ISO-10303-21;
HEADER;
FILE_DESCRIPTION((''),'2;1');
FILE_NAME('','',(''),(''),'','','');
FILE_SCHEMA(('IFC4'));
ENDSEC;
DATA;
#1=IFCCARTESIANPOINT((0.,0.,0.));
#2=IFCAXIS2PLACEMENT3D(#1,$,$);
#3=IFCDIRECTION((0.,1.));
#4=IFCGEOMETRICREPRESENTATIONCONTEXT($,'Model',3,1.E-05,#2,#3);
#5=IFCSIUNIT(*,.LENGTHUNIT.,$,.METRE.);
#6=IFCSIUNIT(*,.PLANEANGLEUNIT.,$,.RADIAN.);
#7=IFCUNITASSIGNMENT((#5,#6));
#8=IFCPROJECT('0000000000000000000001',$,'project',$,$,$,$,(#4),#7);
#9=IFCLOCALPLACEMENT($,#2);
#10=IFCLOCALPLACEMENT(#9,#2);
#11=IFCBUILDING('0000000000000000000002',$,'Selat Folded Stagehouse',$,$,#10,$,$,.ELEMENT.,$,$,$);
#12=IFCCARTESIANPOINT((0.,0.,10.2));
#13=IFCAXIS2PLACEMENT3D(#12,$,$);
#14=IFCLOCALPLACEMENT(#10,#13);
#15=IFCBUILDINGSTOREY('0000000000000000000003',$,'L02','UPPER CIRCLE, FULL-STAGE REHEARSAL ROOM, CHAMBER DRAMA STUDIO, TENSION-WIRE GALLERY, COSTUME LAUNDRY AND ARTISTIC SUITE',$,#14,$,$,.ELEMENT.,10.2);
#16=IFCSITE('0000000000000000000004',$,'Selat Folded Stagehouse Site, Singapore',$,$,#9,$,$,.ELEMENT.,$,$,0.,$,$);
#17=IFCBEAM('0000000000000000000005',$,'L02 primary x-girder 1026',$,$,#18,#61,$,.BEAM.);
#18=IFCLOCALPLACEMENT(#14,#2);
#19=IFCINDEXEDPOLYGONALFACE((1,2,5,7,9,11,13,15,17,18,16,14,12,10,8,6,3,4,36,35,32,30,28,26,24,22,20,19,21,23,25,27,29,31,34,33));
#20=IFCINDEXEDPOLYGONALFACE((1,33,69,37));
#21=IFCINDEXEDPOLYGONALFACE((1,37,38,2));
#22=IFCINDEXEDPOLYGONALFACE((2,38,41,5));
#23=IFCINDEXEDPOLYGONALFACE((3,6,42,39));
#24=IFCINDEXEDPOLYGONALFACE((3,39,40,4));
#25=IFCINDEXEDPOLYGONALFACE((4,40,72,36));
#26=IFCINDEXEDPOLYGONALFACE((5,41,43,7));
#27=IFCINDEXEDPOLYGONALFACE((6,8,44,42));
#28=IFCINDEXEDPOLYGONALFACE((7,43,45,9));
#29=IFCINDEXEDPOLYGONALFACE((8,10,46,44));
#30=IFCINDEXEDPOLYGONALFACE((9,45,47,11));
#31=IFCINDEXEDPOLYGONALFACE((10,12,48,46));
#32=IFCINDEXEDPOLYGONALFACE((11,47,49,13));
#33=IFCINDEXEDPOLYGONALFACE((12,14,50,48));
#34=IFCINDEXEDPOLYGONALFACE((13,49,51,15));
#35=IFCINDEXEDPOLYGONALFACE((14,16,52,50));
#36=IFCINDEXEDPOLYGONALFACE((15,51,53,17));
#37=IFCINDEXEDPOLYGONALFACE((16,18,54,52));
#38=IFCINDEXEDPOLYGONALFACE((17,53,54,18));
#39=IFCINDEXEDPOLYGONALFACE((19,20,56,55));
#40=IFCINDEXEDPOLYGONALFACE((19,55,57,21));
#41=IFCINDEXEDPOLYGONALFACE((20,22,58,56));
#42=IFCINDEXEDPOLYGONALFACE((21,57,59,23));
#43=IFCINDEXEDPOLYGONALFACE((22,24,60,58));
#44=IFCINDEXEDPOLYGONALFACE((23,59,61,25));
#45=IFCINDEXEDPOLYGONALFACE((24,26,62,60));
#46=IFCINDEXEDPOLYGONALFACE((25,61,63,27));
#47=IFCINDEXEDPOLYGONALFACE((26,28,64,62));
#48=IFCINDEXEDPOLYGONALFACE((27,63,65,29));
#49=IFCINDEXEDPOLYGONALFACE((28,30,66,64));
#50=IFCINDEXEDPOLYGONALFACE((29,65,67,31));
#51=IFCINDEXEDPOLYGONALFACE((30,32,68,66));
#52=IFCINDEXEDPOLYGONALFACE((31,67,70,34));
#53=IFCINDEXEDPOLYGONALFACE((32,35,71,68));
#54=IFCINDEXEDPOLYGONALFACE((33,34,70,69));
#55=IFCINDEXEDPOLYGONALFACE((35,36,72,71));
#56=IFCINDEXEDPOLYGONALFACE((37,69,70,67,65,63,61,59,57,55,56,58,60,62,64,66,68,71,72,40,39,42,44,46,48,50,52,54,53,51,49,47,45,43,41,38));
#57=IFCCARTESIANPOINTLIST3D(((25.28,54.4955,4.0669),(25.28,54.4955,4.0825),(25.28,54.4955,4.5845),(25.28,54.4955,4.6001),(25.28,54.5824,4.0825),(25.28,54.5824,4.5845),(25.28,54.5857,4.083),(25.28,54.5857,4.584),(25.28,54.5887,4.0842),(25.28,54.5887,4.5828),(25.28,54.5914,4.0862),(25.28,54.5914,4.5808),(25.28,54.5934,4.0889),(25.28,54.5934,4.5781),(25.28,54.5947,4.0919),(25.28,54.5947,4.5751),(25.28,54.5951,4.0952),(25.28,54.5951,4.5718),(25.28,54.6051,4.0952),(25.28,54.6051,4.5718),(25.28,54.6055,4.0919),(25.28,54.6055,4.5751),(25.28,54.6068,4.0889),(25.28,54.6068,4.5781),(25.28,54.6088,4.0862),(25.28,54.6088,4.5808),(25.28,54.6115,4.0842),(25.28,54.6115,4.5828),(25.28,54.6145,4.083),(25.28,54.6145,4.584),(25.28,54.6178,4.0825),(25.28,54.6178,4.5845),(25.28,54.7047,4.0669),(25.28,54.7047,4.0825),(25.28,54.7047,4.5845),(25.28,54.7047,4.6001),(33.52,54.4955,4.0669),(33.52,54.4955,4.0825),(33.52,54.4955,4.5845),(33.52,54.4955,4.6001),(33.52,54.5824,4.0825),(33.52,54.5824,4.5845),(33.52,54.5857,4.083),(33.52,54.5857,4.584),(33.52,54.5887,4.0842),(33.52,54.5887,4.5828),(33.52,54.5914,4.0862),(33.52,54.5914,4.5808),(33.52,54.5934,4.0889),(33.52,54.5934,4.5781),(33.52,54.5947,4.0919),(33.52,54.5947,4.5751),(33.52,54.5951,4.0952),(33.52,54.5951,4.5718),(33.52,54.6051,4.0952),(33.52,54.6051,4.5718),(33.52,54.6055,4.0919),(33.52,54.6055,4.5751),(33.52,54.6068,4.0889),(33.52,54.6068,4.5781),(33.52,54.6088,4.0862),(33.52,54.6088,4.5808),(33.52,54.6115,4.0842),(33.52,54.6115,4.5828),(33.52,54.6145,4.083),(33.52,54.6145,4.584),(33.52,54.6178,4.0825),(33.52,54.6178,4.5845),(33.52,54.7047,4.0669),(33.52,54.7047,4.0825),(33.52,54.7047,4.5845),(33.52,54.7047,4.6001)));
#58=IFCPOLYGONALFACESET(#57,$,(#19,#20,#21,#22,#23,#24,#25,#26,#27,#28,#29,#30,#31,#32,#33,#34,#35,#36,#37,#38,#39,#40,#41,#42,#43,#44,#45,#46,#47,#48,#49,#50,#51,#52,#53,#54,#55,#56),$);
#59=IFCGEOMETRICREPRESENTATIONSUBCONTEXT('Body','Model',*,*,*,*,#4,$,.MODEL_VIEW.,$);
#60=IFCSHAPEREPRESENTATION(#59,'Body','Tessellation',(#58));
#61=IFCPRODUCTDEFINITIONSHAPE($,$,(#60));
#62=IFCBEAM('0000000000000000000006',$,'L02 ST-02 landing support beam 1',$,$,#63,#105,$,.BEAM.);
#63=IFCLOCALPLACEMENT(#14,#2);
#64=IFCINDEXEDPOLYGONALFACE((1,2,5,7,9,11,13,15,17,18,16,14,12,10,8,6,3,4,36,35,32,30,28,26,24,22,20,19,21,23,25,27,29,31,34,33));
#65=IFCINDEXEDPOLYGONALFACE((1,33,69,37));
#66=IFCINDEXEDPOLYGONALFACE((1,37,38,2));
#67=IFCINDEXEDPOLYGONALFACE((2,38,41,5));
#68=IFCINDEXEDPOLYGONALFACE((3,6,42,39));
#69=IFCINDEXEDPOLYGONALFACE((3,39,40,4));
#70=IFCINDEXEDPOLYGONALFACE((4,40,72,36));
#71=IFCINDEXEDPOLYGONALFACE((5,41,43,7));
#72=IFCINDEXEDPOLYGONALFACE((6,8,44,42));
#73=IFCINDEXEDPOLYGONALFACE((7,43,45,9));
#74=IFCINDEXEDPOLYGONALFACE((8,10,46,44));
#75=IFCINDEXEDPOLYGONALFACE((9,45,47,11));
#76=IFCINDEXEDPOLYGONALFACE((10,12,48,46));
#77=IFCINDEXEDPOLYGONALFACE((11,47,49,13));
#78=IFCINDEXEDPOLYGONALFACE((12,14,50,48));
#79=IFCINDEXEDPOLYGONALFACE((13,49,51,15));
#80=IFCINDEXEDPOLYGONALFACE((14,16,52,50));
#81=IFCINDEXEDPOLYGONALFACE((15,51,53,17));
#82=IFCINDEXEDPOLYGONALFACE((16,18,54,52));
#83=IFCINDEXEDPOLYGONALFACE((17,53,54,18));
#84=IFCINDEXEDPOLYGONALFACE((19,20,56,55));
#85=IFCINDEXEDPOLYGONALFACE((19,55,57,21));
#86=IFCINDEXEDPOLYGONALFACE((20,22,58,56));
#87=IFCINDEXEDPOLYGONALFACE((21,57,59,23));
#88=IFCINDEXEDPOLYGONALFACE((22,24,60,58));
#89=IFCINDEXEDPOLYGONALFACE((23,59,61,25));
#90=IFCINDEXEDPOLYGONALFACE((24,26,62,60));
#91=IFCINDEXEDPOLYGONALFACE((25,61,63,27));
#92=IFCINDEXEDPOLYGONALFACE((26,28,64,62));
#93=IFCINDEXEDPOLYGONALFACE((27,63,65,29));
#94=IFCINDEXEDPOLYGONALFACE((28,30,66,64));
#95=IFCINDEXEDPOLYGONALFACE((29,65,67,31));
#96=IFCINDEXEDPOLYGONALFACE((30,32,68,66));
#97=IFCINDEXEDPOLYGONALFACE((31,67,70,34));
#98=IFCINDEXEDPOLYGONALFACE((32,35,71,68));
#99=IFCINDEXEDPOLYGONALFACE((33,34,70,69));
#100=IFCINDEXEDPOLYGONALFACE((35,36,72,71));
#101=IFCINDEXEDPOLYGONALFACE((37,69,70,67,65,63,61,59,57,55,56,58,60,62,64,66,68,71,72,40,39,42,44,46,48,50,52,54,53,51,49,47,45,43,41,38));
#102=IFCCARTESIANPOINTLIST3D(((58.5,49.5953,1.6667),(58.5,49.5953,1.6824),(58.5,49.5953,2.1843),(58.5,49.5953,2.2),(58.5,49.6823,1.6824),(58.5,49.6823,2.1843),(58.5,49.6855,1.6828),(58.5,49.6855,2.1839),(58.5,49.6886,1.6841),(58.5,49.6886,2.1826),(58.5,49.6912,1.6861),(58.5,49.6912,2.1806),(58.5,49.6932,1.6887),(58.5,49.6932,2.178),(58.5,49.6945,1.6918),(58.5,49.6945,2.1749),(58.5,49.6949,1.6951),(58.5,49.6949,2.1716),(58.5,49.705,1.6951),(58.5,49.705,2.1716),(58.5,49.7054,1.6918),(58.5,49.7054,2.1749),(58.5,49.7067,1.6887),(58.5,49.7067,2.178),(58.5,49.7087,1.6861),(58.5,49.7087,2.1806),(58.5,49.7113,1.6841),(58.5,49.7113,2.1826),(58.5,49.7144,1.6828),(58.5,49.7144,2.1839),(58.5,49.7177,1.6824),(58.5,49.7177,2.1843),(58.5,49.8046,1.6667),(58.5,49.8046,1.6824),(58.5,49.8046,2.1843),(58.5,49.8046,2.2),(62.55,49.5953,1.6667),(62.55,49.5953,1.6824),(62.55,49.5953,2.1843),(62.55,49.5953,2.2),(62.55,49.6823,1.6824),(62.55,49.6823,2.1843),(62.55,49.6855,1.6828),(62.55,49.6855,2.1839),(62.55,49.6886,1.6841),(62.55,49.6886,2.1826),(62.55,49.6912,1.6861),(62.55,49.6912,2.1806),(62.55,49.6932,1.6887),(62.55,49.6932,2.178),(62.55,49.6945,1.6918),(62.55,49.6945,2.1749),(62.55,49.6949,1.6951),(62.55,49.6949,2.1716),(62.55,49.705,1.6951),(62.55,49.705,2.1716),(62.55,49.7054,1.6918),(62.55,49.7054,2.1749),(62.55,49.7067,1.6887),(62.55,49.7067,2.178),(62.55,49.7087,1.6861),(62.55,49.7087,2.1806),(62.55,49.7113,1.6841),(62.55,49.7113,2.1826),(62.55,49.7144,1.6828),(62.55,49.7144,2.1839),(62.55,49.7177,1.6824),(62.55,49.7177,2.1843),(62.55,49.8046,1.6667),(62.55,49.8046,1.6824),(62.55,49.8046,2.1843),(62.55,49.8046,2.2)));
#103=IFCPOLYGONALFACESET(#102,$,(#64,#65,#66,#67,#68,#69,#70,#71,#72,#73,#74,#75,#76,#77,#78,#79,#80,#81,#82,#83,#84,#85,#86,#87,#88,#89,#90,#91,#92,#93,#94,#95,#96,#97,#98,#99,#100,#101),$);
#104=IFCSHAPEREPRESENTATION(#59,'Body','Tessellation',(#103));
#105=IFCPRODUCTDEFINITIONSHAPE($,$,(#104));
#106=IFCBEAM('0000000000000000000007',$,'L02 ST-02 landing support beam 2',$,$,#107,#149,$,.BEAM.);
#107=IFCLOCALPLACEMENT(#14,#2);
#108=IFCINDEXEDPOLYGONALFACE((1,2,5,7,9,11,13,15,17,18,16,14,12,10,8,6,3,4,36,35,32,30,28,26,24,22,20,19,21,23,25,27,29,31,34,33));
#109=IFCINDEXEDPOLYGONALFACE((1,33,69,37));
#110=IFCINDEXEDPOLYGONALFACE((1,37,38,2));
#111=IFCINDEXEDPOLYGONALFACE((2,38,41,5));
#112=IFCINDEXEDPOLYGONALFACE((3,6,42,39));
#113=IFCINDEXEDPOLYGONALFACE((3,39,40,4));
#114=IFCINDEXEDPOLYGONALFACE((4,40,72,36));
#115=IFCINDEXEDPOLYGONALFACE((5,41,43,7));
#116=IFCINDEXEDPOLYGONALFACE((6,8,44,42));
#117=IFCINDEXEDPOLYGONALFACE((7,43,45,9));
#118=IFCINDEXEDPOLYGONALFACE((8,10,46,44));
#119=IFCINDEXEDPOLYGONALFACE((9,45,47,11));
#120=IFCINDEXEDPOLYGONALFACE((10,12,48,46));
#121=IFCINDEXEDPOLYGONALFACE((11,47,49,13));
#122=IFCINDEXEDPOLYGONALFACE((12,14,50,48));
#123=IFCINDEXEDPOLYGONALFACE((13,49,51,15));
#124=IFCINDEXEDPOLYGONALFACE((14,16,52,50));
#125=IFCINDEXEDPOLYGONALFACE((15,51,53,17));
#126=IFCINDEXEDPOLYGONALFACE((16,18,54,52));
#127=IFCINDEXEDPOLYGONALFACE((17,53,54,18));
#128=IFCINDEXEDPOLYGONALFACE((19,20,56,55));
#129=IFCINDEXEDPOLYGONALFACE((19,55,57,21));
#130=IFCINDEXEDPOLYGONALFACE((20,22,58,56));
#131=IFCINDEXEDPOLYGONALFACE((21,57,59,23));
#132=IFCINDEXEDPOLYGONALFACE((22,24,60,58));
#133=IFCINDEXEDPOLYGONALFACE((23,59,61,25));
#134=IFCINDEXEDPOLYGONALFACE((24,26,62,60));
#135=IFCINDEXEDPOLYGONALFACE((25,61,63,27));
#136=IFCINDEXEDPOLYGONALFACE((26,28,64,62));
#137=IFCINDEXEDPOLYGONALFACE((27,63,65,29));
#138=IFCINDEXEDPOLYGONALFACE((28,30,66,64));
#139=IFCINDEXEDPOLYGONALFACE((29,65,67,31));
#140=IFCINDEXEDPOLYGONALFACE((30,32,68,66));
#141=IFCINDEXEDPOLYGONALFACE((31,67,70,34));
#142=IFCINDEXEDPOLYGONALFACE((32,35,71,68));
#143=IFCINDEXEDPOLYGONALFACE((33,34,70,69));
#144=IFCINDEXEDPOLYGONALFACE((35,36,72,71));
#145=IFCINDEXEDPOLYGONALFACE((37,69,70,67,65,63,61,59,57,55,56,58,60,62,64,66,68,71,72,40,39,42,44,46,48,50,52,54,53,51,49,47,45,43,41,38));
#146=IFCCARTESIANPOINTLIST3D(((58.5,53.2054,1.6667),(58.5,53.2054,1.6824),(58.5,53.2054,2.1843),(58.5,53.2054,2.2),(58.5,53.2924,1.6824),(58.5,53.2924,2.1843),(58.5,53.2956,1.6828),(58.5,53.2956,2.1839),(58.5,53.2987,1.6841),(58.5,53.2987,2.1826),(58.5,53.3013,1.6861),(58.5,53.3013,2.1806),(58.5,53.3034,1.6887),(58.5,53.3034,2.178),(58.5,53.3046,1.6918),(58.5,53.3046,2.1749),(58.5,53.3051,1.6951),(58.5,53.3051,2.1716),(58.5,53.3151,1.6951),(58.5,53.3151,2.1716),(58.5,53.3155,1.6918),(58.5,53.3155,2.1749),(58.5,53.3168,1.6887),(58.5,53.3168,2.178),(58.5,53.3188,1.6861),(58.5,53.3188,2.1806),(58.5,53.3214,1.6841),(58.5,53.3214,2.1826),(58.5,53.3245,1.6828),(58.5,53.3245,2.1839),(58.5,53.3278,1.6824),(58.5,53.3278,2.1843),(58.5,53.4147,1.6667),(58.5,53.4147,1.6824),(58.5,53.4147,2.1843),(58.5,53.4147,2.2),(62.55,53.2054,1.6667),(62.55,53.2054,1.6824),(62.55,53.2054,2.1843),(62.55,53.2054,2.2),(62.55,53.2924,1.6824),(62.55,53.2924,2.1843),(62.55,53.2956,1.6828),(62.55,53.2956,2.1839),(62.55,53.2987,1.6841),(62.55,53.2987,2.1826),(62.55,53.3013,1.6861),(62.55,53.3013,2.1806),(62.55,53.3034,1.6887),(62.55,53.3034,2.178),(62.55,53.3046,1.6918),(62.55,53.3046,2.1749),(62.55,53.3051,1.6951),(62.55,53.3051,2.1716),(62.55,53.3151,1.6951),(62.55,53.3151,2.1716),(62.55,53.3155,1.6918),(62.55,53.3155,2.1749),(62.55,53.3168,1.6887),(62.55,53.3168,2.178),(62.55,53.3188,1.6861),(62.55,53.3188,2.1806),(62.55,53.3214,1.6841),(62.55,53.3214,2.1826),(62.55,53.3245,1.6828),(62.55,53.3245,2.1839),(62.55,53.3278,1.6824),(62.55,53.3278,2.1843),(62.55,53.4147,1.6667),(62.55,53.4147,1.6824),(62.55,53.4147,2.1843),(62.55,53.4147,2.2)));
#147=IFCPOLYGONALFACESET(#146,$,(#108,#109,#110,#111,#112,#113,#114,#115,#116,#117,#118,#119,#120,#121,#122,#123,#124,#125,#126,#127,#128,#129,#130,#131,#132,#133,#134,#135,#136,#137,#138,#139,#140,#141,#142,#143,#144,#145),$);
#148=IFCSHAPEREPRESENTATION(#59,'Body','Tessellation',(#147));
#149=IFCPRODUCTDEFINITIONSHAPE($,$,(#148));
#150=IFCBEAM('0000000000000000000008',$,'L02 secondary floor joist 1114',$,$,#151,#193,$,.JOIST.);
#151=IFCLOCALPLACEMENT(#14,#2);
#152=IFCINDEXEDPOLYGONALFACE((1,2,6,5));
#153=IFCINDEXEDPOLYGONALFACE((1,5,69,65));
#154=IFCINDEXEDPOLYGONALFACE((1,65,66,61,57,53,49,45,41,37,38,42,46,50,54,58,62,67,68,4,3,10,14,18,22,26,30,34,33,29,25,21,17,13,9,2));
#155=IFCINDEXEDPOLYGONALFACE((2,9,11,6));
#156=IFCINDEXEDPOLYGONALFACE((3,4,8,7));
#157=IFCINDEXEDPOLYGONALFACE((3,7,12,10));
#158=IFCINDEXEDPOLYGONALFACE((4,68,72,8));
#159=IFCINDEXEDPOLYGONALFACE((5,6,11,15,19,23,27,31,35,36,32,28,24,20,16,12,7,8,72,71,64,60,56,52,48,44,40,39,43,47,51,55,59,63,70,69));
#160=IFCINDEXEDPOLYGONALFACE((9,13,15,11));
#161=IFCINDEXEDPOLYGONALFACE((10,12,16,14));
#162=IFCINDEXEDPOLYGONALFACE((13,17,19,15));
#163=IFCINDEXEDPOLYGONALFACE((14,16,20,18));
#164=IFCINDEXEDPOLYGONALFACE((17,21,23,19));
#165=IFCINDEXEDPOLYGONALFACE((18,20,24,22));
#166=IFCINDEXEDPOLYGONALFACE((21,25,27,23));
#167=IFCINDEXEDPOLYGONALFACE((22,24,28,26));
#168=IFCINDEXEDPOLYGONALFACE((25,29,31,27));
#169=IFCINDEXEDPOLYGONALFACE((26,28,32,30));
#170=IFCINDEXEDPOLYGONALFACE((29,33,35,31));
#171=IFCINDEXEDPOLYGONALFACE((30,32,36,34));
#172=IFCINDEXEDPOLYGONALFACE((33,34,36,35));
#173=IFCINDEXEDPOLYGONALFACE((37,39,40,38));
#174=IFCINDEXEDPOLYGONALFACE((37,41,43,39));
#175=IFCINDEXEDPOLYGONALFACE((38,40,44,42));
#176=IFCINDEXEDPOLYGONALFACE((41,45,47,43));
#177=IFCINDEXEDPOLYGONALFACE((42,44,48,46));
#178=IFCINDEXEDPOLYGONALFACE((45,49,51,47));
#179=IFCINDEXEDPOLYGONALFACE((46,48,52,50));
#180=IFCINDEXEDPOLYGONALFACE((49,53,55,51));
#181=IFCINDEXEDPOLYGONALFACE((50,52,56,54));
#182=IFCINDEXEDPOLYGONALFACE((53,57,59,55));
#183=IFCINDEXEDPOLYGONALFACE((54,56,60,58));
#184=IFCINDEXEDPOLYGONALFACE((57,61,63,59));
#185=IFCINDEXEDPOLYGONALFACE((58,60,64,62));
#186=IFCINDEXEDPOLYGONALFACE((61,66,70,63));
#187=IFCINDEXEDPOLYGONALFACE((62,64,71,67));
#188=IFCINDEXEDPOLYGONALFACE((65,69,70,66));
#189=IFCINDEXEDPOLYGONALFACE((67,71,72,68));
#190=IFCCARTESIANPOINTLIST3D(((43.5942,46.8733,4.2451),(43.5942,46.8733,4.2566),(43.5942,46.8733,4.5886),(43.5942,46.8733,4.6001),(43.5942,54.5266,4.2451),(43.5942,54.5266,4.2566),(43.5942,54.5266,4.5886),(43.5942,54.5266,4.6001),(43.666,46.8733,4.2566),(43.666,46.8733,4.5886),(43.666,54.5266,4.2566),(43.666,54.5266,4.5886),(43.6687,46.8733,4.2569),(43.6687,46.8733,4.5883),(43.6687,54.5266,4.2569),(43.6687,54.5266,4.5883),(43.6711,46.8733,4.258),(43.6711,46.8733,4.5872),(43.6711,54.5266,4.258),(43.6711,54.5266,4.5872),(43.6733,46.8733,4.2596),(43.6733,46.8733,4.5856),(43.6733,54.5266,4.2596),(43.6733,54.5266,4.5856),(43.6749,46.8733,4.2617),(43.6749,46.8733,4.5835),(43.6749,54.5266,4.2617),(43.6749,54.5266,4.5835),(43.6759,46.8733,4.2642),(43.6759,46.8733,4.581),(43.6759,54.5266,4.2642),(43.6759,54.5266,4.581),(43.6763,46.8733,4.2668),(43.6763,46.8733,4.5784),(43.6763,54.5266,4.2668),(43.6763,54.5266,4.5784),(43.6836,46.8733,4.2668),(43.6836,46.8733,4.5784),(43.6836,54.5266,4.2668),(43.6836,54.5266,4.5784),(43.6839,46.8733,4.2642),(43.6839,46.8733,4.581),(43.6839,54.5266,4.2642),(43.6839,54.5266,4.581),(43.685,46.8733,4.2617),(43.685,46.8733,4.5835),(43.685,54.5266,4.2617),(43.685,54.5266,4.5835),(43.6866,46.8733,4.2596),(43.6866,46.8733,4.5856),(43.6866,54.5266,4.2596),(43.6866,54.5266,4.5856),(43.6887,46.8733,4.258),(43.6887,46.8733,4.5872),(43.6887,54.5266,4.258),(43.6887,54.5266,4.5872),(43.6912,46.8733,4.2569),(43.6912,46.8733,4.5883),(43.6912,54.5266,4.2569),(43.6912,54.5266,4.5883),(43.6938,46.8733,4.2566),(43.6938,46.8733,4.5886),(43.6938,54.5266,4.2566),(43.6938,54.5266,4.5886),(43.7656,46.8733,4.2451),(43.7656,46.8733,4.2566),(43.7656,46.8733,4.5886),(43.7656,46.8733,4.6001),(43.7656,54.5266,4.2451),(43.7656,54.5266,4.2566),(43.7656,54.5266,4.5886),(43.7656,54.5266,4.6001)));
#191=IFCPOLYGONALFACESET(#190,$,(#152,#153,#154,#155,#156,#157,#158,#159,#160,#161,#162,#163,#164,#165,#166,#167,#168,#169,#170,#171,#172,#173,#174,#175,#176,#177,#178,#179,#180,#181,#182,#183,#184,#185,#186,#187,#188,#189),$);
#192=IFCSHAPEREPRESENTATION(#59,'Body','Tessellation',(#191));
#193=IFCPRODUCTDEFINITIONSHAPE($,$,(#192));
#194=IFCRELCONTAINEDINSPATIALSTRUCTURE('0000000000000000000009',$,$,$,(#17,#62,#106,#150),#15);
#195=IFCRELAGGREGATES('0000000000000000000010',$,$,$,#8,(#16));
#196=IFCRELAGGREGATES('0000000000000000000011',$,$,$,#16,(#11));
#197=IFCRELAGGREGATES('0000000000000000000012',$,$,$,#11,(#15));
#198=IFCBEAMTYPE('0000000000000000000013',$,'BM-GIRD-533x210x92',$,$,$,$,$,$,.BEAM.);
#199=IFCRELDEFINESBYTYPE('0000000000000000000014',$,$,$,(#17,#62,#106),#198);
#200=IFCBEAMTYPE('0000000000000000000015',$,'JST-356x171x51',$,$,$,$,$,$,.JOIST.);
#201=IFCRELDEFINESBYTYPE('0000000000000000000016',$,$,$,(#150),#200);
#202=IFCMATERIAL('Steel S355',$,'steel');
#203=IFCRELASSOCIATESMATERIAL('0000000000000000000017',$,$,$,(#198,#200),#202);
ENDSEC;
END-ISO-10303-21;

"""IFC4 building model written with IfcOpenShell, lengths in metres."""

from ifc_helpers import new_model, si_unit, direction, frame, origin, origin_2d, place, context, subcontext, project, spatial, i_section, extrude, material, material_profile, profile_set, type_object, element, save


model = new_model("IFC4")

# Units and contexts
model_context = context("Model", 3, precision=1e-05, world=origin(), true_north=direction((0.0, 1.0)))
body_context = subcontext(model_context, "Body", "Model", "MODEL_VIEW")
ifc_project = project(units=[si_unit("LENGTHUNIT", "METRE"), si_unit("PLANEANGLEUNIT", "RADIAN")], contexts=[model_context])

# Site, building, storey
site_placement = place(None, origin())
site = spatial("IfcSite", under=ifc_project, at=site_placement, Name="Selat Folded Stagehouse Site, Singapore", CompositionType="ELEMENT", RefElevation=0.0)
building_placement = place(site_placement, origin())
building = spatial("IfcBuilding", under=site, at=building_placement, Name="Selat Folded Stagehouse", CompositionType="ELEMENT")
storey_placement = place(building_placement, frame((0.0, 0.0, 10.2)))
storey = spatial("IfcBuildingStorey", under=building, at=storey_placement, Name="L02", Description="UPPER CIRCLE, FULL-STAGE REHEARSAL ROOM, CHAMBER DRAMA STUDIO, TENSION-WIRE GALLERY, COSTUME LAUNDRY AND ARTISTIC SUITE", CompositionType="ELEMENT", Elevation=10.2)

# Shared definitions
ifc_material_1 = material(Name="Steel S355", Category="steel")

# Beams
ifc_material_profile_1 = material_profile(ifc_material_1, i_section(OverallWidth=0.2092, OverallDepth=0.5332, WebThickness=0.01, FlangeThickness=0.0156, FilletRadius=0.0127, at=origin_2d()), Name="UKB 533x210x92")
ifc_profile_set_1 = profile_set([ifc_material_profile_1], Name="Steel S355")
beam_type_1 = type_object("IfcBeamType", Name="BM-GIRD-533x210x92", PredefinedType="BEAM", material=ifc_profile_set_1)
beam_placement = place(storey_placement, frame((25.28, 54.6001, 4.3335), z_axis=(1.0, 0.0, 0.0), x_axis=(0.0, 1.0, 0.0)))
element("IfcBeam", 1, at=beam_placement, inside=storey, type_object=beam_type_1, Name="L02 primary x-girder 1026", PredefinedType="BEAM", context=body_context, shape_type="SweptSolid", body=[
    extrude(i_section(OverallWidth=0.2092, OverallDepth=0.5332, WebThickness=0.01, FlangeThickness=0.0156, FilletRadius=0.0127, at=origin_2d()), origin(), (0.0, 0.0, 1.0), 8.24),
])
for number, where, z_axis, x_axis, name in (
    (2, (58.5, 49.7, 1.9333), (1.0, 0.0, 0.0), (0.0, 1.0, 0.0), "L02 ST-02 landing support beam 1"),
    (3, (58.5, 53.3101, 1.9333), (1.0, 0.0, 0.0), (0.0, 1.0, 0.0), "L02 ST-02 landing support beam 2"),
):
    element("IfcBeam", number, at=place(storey_placement, frame(where, z_axis=z_axis, x_axis=x_axis)), inside=storey, type_object=beam_type_1, Name=name, PredefinedType="BEAM", context=body_context, shape_type="SweptSolid", body=[
        extrude(i_section(OverallWidth=0.2092, OverallDepth=0.5332, WebThickness=0.01, FlangeThickness=0.0156, FilletRadius=0.0127, at=origin_2d()), origin(), (0.0, 0.0, 1.0), 4.05),
    ])
ifc_material_profile_2 = material_profile(ifc_material_1, i_section(OverallWidth=0.1714, OverallDepth=0.355, WebThickness=0.0073, FlangeThickness=0.0115, FilletRadius=0.0103, at=origin_2d()), Name="UKB 356x171x51")
ifc_profile_set_2 = profile_set([ifc_material_profile_2], Name="Steel S355")
beam_type_2 = type_object("IfcBeamType", Name="JST-356x171x51", PredefinedType="JOIST", material=ifc_profile_set_2)
for number, where, z_axis, x_axis, name in (
    (4, (43.6799, 46.8733, 4.4226), (0.0, 1.0, 0.0), (-1.0, 0.0, 0.0), "L02 secondary floor joist 1114"),
):
    element("IfcBeam", number, at=place(storey_placement, frame(where, z_axis=z_axis, x_axis=x_axis)), inside=storey, type_object=beam_type_2, Name=name, PredefinedType="JOIST", context=body_context, shape_type="SweptSolid", body=[
        extrude(i_section(OverallWidth=0.1714, OverallDepth=0.355, WebThickness=0.0073, FlangeThickness=0.0115, FilletRadius=0.0103, at=origin_2d()), origin(), (0.0, 0.0, 1.0), 7.6533),
    ])

save(model, "model.ifc")
